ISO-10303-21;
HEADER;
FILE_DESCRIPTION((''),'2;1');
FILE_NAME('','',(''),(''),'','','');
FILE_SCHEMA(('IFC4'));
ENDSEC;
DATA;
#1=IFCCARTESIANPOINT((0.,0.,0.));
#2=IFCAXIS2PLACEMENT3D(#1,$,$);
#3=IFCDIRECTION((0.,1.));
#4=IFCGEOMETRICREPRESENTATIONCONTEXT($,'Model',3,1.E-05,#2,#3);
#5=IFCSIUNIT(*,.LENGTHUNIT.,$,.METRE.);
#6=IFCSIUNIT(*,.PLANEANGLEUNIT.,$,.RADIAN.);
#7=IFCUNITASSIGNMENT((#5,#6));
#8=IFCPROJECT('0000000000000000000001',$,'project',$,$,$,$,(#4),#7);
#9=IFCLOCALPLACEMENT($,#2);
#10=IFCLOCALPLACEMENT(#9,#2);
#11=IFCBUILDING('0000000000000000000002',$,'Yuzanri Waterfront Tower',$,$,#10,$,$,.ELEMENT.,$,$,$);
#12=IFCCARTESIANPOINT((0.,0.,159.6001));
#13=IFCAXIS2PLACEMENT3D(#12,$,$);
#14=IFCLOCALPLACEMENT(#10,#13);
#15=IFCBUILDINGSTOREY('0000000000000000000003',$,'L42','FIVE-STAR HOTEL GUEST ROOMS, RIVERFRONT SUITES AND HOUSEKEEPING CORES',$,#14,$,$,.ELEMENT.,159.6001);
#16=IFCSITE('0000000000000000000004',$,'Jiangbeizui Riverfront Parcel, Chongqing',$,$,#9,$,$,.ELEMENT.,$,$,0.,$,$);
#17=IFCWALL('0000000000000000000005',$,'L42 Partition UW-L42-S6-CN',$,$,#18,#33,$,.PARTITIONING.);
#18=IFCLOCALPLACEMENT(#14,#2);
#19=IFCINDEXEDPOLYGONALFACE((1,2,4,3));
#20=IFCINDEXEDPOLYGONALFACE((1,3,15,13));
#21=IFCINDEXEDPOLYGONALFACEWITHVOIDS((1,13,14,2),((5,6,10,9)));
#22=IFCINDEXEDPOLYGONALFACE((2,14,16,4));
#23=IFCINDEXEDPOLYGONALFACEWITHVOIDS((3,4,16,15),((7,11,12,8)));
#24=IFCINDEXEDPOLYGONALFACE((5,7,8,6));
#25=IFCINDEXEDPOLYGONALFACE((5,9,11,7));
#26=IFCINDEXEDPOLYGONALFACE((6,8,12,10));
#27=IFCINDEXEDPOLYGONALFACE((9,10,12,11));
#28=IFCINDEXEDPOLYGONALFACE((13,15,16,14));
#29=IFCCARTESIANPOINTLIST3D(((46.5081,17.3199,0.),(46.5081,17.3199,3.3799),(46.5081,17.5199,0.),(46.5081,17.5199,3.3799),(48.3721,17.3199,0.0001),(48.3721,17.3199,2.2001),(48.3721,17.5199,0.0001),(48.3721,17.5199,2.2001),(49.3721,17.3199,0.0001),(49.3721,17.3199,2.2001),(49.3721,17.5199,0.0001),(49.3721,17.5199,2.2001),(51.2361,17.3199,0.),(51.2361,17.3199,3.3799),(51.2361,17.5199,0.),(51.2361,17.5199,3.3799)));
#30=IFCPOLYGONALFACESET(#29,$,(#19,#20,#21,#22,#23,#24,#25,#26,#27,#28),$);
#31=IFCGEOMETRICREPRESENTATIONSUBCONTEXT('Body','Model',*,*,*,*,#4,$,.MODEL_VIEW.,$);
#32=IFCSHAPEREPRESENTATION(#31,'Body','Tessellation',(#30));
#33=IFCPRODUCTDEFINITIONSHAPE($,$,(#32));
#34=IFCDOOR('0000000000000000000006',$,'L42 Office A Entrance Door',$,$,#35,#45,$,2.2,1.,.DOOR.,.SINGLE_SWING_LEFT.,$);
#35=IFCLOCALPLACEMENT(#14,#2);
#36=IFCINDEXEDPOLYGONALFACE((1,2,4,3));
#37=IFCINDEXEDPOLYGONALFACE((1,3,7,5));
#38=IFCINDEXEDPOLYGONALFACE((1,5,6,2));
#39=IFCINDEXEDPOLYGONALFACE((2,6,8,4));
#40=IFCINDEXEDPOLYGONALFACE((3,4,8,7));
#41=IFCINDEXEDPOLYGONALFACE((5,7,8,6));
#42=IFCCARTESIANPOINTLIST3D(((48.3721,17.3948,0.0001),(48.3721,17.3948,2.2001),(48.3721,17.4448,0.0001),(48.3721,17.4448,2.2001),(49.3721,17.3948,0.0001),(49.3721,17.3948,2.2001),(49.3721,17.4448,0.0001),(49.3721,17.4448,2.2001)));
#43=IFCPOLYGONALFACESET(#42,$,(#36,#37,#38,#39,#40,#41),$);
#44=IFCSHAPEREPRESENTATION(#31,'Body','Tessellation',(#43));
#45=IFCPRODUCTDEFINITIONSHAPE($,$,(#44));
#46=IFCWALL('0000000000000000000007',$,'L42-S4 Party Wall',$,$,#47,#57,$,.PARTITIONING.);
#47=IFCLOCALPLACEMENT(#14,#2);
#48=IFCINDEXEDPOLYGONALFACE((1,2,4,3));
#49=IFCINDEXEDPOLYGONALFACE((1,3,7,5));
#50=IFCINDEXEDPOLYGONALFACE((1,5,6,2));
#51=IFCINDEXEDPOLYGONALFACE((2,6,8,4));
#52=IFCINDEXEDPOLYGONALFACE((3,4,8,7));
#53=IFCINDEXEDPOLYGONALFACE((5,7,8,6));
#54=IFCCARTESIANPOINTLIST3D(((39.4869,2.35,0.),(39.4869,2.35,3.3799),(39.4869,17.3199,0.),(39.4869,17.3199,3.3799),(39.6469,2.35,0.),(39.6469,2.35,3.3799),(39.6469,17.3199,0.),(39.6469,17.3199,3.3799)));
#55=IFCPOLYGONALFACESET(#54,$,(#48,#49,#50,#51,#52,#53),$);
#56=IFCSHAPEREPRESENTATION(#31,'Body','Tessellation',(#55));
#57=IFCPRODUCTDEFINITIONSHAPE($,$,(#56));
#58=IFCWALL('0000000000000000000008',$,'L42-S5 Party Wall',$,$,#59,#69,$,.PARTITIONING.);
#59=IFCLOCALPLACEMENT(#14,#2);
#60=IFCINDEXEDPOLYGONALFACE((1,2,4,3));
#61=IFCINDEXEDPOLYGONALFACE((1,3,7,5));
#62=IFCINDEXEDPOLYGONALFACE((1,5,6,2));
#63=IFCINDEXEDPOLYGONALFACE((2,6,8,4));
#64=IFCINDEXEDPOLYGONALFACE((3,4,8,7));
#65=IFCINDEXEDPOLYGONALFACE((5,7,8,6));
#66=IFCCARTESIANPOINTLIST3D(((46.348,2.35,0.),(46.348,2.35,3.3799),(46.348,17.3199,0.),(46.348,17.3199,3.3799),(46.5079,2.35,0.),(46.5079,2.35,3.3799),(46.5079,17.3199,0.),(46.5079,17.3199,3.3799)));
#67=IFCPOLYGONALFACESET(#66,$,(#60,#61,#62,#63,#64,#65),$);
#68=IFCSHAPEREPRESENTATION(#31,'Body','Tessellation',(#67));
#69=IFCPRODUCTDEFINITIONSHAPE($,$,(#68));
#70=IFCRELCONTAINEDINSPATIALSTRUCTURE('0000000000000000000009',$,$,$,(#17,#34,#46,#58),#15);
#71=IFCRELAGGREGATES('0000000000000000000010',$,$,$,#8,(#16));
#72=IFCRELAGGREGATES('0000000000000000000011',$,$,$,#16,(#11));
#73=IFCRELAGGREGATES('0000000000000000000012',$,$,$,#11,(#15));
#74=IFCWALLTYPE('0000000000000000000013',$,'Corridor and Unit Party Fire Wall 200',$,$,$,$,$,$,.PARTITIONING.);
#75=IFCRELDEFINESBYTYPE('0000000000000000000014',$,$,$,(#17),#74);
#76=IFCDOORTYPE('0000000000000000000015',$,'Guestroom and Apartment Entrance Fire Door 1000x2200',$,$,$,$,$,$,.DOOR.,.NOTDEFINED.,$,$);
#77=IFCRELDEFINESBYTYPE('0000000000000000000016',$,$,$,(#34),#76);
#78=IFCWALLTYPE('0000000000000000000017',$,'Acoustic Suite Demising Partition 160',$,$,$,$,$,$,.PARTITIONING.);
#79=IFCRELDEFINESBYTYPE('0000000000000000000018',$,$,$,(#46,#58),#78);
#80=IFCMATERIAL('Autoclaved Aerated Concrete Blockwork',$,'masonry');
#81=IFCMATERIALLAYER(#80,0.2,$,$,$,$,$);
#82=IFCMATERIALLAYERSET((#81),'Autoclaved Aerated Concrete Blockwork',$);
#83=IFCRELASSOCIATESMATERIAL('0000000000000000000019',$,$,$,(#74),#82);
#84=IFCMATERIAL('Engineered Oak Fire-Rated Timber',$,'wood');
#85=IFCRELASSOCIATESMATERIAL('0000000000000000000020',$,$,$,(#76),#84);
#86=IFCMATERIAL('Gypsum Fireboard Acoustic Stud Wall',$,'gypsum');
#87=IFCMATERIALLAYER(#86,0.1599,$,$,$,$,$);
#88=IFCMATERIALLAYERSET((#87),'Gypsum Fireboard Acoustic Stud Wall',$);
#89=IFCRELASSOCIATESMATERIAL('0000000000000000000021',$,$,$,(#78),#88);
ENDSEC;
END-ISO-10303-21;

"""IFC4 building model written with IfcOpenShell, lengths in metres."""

from ifc_helpers import new_model, si_unit, direction, frame, frame_2d, origin, place, context, subcontext, project, spatial, rectangle, extrude, source, transform, mapped, material, layer, layer_set, type_object, element, fill, save


model = new_model("IFC4")

# Units and contexts
model_context = context("Model", 3, precision=1e-05, world=origin(), true_north=direction((0.0, 1.0)))
body_context = subcontext(model_context, "Body", "Model", "MODEL_VIEW")
ifc_project = project(units=[si_unit("LENGTHUNIT", "METRE"), si_unit("PLANEANGLEUNIT", "RADIAN")], contexts=[model_context])

# Site, building, storey
site_placement = place(None, origin())
site = spatial("IfcSite", under=ifc_project, at=site_placement, Name="Jiangbeizui Riverfront Parcel, Chongqing", CompositionType="ELEMENT", RefElevation=0.0)
building_placement = place(site_placement, origin())
building = spatial("IfcBuilding", under=site, at=building_placement, Name="Yuzanri Waterfront Tower", CompositionType="ELEMENT")
storey_placement = place(building_placement, frame((0.0, 0.0, 159.6001)))
storey = spatial("IfcBuildingStorey", under=building, at=storey_placement, Name="L42", Description="FIVE-STAR HOTEL GUEST ROOMS, RIVERFRONT SUITES AND HOUSEKEEPING CORES", CompositionType="ELEMENT", Elevation=159.6001)

# Wall, opening, door
ifc_material_1 = material(Name="Autoclaved Aerated Concrete Blockwork", Category="masonry")
ifc_layer_1 = layer(ifc_material_1, 0.2)
ifc_layer_set_1 = layer_set([ifc_layer_1], Name="Autoclaved Aerated Concrete Blockwork")
wall_type_1 = type_object("IfcWallType", Name="Corridor and Unit Party Fire Wall 200", PredefinedType="PARTITIONING", material=ifc_layer_set_1)
ifc_material_2 = material(Name="Engineered Oak Fire-Rated Timber", Category="wood")
door_type = type_object("IfcDoorType", Name="Guestroom and Apartment Entrance Fire Door 1000x2200", OperationType="NOTDEFINED", PredefinedType="DOOR", material=ifc_material_2)
shared_shape_1 = source(origin(), body_context, "Body", "SweptSolid", [
    extrude(rectangle(XDim=1.0, YDim=2.2, at=frame_2d((0.5, 1.1001))), frame((0.0, 0.0249, 0.0), z_axis=(0.0, -1.0, 0.0), x_axis=(1.0, 0.0, 0.0)), (0.0, 0.0, 1.0), 0.05),
])
wall_1_placement = place(storey_placement, frame((46.5081, 17.4199, 0.0), z_axis=(0.0, 0.0, 1.0), x_axis=(1.0, 0.0, 0.0)))
wall_1 = element("IfcWall", 1, at=wall_1_placement, inside=storey, type_object=wall_type_1, Name="L42 Partition UW-L42-S6-CN", PredefinedType="PARTITIONING", context=body_context, shape_type="SweptSolid", body=[
    extrude(rectangle(XDim=4.728, YDim=0.2, at=frame_2d((2.364, 0.0))), origin(), (0.0, 0.0, 1.0), 3.3799),
])
opening_1_placement = place(wall_1_placement, frame((1.864, 0.0, 0.0)))
opening_1 = element("IfcOpeningElement", 2, at=opening_1_placement, cuts=wall_1, PredefinedType="OPENING", context=body_context, shape_type="SweptSolid", body=[
    extrude(rectangle(XDim=1.0, YDim=2.2, at=frame_2d((0.5, 1.1001))), frame((0.0, 0.1147, 0.0), z_axis=(0.0, -1.0, 0.0), x_axis=(1.0, 0.0, 0.0)), (0.0, 0.0, 1.0), 0.2297),
])
door_1_placement = place(opening_1_placement, origin())
door_1 = element("IfcDoor", 3, at=door_1_placement, inside=storey, type_object=door_type, Name="L42 Office A Entrance Door", OperationType="SINGLE_SWING_LEFT", OverallHeight=2.2, OverallWidth=1.0, PredefinedType="DOOR", context=body_context, shape_type="MappedRepresentation", body=[
    mapped(shared_shape_1, transform((0.0, 0.0, 0.0), scale=1.0)),
])
fill(opening_1, door_1)

# Walls
ifc_material_3 = material(Name="Gypsum Fireboard Acoustic Stud Wall", Category="gypsum")
ifc_layer_2 = layer(ifc_material_3, 0.1599)
ifc_layer_set_2 = layer_set([ifc_layer_2], Name="Gypsum Fireboard Acoustic Stud Wall")
wall_type_2 = type_object("IfcWallType", Name="Acoustic Suite Demising Partition 160", PredefinedType="PARTITIONING", material=ifc_layer_set_2)
shared_shape_2 = source(origin(), body_context, "Body", "SweptSolid", [
    extrude(rectangle(XDim=14.97, YDim=0.1599, at=frame_2d((7.4849, 0.0))), origin(), (0.0, 0.0, 1.0), 3.3799),
])
for number, where, z_axis, x_axis, name in (
    (4, (39.5669, 2.3501, 0.0), (0.0, 0.0, 1.0), (0.0, 1.0, 0.0), "L42-S4 Party Wall"),
    (5, (46.428, 2.3501, 0.0), (0.0, 0.0, 1.0), (0.0, 1.0, 0.0), "L42-S5 Party Wall"),
):
    element("IfcWall", number, at=place(storey_placement, frame(where, z_axis=z_axis, x_axis=x_axis)), inside=storey, type_object=wall_type_2, Name=name, PredefinedType="PARTITIONING", context=body_context, shape_type="MappedRepresentation", body=[
        mapped(shared_shape_2, transform((0.0, 0.0, 0.0), scale=1.0)),
    ])

save(model, "model.ifc")
